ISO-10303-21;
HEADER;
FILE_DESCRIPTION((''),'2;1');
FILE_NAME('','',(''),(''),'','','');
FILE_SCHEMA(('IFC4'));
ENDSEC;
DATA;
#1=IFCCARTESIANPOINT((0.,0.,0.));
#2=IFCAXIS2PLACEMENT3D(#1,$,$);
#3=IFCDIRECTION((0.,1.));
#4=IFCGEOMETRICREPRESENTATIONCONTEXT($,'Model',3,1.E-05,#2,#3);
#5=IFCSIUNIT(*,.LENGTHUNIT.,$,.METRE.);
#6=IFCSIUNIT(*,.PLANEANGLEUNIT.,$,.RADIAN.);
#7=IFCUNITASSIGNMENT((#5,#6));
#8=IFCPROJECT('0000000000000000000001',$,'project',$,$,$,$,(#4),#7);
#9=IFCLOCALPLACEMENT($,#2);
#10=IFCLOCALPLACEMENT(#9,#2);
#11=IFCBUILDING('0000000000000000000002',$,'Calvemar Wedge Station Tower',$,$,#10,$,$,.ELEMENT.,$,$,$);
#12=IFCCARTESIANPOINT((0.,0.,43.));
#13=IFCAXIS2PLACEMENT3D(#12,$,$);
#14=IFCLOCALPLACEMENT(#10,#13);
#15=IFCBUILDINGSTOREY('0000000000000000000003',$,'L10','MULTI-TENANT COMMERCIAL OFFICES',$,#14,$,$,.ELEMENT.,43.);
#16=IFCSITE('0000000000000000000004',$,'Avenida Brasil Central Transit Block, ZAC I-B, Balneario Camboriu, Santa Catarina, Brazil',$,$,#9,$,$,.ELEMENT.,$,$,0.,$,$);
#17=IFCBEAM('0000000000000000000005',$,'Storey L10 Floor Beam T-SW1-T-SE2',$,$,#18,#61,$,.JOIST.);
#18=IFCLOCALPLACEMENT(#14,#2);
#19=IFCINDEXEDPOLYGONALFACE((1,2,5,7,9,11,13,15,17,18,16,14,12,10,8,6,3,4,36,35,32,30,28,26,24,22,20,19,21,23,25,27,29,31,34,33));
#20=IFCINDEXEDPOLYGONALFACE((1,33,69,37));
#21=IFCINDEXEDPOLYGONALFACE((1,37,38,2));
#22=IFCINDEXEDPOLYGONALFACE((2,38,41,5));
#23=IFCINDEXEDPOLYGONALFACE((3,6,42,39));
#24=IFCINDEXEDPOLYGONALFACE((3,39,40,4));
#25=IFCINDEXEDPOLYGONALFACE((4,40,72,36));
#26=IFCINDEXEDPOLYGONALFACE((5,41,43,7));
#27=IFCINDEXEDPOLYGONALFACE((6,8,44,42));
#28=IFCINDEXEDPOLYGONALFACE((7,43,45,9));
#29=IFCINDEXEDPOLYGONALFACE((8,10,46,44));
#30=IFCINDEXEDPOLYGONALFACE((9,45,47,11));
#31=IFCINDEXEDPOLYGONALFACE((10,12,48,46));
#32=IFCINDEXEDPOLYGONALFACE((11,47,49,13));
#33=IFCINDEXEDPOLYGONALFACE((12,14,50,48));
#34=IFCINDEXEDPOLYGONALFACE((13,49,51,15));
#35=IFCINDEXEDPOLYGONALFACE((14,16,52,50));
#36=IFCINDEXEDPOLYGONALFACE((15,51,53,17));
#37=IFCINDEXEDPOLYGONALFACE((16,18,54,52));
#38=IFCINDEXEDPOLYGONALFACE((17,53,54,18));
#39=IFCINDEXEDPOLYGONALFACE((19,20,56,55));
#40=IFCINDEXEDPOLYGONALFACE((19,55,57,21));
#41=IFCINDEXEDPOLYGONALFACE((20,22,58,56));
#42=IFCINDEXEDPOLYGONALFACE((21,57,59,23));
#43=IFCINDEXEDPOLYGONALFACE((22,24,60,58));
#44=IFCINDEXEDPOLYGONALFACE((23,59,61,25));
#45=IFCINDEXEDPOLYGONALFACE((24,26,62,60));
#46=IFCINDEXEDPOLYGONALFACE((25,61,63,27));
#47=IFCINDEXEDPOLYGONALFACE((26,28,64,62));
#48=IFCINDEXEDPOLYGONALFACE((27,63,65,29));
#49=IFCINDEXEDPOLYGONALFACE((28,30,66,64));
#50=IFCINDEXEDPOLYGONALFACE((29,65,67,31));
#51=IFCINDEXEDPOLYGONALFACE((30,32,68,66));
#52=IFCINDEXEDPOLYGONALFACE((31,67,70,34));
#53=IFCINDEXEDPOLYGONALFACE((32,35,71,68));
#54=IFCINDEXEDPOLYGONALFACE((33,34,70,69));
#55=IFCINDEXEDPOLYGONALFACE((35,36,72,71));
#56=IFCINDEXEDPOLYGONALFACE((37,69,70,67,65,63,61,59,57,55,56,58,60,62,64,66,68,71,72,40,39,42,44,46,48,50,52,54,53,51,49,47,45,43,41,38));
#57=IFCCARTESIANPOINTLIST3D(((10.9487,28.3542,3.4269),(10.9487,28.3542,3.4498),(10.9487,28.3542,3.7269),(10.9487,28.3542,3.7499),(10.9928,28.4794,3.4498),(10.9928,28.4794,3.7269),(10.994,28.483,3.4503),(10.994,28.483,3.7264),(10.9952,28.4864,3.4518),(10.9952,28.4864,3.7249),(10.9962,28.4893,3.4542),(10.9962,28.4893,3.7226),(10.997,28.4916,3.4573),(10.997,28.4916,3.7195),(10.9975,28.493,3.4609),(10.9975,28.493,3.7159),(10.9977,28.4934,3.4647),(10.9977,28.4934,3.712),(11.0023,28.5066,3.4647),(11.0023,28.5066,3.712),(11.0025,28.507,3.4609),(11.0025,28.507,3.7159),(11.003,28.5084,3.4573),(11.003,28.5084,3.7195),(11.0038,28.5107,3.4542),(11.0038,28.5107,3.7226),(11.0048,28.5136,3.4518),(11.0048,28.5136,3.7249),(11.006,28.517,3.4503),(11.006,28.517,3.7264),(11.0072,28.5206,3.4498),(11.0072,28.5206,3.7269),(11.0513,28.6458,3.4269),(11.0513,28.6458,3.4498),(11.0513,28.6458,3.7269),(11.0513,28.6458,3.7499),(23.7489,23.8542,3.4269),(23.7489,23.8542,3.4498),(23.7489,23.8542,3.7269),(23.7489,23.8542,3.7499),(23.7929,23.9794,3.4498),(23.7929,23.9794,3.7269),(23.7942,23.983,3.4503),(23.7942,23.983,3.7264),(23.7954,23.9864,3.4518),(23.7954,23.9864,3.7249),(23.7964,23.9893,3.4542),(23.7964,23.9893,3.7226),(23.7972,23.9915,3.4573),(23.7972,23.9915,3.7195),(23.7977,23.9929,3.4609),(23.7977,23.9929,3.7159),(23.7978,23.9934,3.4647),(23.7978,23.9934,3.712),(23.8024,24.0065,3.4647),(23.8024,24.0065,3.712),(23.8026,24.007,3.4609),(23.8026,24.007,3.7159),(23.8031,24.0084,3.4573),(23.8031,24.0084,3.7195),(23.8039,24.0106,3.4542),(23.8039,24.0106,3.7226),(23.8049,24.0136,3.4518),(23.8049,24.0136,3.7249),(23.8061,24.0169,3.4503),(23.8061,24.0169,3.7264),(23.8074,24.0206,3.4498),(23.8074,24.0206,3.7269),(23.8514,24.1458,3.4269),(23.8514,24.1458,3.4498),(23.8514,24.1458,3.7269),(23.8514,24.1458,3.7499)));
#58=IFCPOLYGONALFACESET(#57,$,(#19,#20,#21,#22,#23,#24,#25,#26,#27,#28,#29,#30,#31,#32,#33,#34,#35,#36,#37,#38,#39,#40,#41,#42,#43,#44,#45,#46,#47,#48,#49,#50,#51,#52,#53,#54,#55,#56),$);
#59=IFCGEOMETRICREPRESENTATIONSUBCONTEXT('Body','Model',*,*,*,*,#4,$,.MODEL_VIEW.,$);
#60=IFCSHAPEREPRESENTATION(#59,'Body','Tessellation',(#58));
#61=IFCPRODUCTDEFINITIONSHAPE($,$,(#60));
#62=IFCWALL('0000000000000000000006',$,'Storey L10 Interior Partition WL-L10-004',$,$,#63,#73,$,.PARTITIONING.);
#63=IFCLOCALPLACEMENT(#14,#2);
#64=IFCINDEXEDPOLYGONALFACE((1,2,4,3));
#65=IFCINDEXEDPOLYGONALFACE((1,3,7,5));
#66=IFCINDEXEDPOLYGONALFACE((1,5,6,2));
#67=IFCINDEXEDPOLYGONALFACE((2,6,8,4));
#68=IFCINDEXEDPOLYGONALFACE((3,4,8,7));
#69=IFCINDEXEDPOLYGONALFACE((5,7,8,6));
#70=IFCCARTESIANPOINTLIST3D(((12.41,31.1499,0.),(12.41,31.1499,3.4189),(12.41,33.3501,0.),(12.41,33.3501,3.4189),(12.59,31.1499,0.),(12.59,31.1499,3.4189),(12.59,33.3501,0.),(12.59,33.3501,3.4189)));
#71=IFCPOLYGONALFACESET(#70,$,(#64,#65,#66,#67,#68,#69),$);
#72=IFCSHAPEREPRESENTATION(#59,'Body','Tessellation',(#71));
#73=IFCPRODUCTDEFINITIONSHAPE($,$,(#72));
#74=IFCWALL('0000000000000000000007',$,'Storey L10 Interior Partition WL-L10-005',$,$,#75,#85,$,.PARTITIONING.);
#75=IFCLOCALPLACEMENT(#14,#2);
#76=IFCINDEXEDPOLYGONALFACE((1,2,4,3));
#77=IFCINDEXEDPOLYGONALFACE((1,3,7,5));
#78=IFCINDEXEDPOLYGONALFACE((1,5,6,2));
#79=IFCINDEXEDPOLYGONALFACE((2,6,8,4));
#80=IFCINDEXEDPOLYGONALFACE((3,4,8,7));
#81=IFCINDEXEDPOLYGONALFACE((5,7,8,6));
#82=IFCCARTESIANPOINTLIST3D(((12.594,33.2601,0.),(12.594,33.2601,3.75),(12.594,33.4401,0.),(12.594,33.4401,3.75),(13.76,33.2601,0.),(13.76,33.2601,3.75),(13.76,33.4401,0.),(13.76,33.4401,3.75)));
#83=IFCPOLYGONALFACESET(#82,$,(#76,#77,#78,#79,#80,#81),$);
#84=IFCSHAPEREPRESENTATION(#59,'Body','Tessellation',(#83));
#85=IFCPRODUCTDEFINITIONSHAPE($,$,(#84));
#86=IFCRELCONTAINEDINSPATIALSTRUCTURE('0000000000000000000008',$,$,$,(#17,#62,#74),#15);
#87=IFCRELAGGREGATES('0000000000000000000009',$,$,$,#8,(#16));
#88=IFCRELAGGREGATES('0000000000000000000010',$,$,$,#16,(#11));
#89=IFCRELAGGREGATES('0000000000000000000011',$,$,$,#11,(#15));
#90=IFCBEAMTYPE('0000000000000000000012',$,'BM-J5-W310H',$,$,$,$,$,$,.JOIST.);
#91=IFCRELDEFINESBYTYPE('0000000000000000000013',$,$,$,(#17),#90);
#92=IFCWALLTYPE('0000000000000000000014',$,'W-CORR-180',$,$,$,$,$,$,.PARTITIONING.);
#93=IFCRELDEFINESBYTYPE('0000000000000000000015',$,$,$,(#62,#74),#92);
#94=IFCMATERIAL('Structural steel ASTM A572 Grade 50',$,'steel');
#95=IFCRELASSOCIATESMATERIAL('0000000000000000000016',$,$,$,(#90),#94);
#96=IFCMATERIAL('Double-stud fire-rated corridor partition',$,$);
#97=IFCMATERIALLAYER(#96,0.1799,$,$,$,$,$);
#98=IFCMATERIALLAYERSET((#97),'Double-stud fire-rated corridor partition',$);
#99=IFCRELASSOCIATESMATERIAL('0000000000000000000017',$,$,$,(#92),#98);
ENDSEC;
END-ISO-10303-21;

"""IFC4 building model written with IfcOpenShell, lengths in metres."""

from ifc_helpers import new_model, si_unit, direction, frame, frame_2d, origin, origin_2d, place, context, subcontext, project, spatial, rectangle, i_section, extrude, source, transform, mapped, material, layer, layer_set, material_profile, profile_set, type_object, element, save


model = new_model("IFC4")

# Units and contexts
model_context = context("Model", 3, precision=1e-05, world=origin(), true_north=direction((0.0, 1.0)))
body_context = subcontext(model_context, "Body", "Model", "MODEL_VIEW")
ifc_project = project(units=[si_unit("LENGTHUNIT", "METRE"), si_unit("PLANEANGLEUNIT", "RADIAN")], contexts=[model_context])

# Site, building, storey
site_placement = place(None, origin())
site = spatial("IfcSite", under=ifc_project, at=site_placement, Name="Avenida Brasil Central Transit Block, ZAC I-B, Balneario Camboriu, Santa Catarina, Brazil", CompositionType="ELEMENT", RefElevation=0.0)
building_placement = place(site_placement, origin())
building = spatial("IfcBuilding", under=site, at=building_placement, Name="Calvemar Wedge Station Tower", CompositionType="ELEMENT")
storey_placement = place(building_placement, frame((0.0, 0.0, 43.0)))
storey = spatial("IfcBuildingStorey", under=building, at=storey_placement, Name="L10", Description="MULTI-TENANT COMMERCIAL OFFICES", CompositionType="ELEMENT", Elevation=43.0)

# Beam
ifc_material_1 = material(Name="Structural steel ASTM A572 Grade 50", Category="steel")
ifc_material_profile_1 = material_profile(ifc_material_1, i_section(OverallWidth=0.3091, OverallDepth=0.323, WebThickness=0.0139, FlangeThickness=0.0229, FilletRadius=0.0149, at=origin_2d()), Name="W310x143")
ifc_profile_set_1 = profile_set([ifc_material_profile_1], Name="Structural steel ASTM A572 Grade 50")
beam_type_1 = type_object("IfcBeamType", Name="BM-J5-W310H", PredefinedType="JOIST", material=ifc_profile_set_1)
shared_shape_1 = source(origin(), body_context, "Body", "SweptSolid", [
    extrude(i_section(OverallWidth=0.3091, OverallDepth=0.323, WebThickness=0.0139, FlangeThickness=0.0229, FilletRadius=0.0149, at=origin_2d()), origin(), (0.0, 0.0, 1.0), 13.5681),
])
for number, where, z_axis, x_axis, name in (
    (1, (11.0, 28.5, 3.5884), (0.943398, -0.331662, 0.0), (0.331662, 0.943398, 0.0), "Storey L10 Floor Beam T-SW1-T-SE2"),
):
    element("IfcBeam", number, at=place(storey_placement, frame(where, z_axis=z_axis, x_axis=x_axis)), inside=storey, type_object=beam_type_1, Name=name, PredefinedType="JOIST", context=body_context, shape_type="MappedRepresentation", body=[
        mapped(shared_shape_1, transform((0.0, 0.0, 0.0), scale=1.0)),
    ])

# Walls
ifc_material_2 = material(Name="Double-stud fire-rated corridor partition")
ifc_layer_1 = layer(ifc_material_2, 0.1799)
ifc_layer_set_1 = layer_set([ifc_layer_1], Name="Double-stud fire-rated corridor partition")
wall_type_1 = type_object("IfcWallType", Name="W-CORR-180", PredefinedType="PARTITIONING", material=ifc_layer_set_1)
wall_1_placement = place(storey_placement, frame((12.5, 31.1499, 0.0), z_axis=(0.0, 0.0, 1.0), x_axis=(0.0, 1.0, 0.0)))
element("IfcWall", 2, at=wall_1_placement, inside=storey, type_object=wall_type_1, Name="Storey L10 Interior Partition WL-L10-004", PredefinedType="PARTITIONING", context=body_context, shape_type="SweptSolid", body=[
    extrude(rectangle(XDim=2.2002, YDim=0.1799, at=frame_2d((1.1001, 0.0))), origin(), (0.0, 0.0, 1.0), 3.4189),
])
wall_2_placement = place(storey_placement, frame((12.594, 33.3501, 0.0), z_axis=(0.0, 0.0, 1.0), x_axis=(1.0, 0.0, 0.0)))
element("IfcWall", 3, at=wall_2_placement, inside=storey, type_object=wall_type_1, Name="Storey L10 Interior Partition WL-L10-005", PredefinedType="PARTITIONING", context=body_context, shape_type="SweptSolid", body=[
    extrude(rectangle(XDim=1.166, YDim=0.1799, at=frame_2d((0.583, 0.0))), origin(), (0.0, 0.0, 1.0), 3.75),
])

save(model, "model.ifc")
